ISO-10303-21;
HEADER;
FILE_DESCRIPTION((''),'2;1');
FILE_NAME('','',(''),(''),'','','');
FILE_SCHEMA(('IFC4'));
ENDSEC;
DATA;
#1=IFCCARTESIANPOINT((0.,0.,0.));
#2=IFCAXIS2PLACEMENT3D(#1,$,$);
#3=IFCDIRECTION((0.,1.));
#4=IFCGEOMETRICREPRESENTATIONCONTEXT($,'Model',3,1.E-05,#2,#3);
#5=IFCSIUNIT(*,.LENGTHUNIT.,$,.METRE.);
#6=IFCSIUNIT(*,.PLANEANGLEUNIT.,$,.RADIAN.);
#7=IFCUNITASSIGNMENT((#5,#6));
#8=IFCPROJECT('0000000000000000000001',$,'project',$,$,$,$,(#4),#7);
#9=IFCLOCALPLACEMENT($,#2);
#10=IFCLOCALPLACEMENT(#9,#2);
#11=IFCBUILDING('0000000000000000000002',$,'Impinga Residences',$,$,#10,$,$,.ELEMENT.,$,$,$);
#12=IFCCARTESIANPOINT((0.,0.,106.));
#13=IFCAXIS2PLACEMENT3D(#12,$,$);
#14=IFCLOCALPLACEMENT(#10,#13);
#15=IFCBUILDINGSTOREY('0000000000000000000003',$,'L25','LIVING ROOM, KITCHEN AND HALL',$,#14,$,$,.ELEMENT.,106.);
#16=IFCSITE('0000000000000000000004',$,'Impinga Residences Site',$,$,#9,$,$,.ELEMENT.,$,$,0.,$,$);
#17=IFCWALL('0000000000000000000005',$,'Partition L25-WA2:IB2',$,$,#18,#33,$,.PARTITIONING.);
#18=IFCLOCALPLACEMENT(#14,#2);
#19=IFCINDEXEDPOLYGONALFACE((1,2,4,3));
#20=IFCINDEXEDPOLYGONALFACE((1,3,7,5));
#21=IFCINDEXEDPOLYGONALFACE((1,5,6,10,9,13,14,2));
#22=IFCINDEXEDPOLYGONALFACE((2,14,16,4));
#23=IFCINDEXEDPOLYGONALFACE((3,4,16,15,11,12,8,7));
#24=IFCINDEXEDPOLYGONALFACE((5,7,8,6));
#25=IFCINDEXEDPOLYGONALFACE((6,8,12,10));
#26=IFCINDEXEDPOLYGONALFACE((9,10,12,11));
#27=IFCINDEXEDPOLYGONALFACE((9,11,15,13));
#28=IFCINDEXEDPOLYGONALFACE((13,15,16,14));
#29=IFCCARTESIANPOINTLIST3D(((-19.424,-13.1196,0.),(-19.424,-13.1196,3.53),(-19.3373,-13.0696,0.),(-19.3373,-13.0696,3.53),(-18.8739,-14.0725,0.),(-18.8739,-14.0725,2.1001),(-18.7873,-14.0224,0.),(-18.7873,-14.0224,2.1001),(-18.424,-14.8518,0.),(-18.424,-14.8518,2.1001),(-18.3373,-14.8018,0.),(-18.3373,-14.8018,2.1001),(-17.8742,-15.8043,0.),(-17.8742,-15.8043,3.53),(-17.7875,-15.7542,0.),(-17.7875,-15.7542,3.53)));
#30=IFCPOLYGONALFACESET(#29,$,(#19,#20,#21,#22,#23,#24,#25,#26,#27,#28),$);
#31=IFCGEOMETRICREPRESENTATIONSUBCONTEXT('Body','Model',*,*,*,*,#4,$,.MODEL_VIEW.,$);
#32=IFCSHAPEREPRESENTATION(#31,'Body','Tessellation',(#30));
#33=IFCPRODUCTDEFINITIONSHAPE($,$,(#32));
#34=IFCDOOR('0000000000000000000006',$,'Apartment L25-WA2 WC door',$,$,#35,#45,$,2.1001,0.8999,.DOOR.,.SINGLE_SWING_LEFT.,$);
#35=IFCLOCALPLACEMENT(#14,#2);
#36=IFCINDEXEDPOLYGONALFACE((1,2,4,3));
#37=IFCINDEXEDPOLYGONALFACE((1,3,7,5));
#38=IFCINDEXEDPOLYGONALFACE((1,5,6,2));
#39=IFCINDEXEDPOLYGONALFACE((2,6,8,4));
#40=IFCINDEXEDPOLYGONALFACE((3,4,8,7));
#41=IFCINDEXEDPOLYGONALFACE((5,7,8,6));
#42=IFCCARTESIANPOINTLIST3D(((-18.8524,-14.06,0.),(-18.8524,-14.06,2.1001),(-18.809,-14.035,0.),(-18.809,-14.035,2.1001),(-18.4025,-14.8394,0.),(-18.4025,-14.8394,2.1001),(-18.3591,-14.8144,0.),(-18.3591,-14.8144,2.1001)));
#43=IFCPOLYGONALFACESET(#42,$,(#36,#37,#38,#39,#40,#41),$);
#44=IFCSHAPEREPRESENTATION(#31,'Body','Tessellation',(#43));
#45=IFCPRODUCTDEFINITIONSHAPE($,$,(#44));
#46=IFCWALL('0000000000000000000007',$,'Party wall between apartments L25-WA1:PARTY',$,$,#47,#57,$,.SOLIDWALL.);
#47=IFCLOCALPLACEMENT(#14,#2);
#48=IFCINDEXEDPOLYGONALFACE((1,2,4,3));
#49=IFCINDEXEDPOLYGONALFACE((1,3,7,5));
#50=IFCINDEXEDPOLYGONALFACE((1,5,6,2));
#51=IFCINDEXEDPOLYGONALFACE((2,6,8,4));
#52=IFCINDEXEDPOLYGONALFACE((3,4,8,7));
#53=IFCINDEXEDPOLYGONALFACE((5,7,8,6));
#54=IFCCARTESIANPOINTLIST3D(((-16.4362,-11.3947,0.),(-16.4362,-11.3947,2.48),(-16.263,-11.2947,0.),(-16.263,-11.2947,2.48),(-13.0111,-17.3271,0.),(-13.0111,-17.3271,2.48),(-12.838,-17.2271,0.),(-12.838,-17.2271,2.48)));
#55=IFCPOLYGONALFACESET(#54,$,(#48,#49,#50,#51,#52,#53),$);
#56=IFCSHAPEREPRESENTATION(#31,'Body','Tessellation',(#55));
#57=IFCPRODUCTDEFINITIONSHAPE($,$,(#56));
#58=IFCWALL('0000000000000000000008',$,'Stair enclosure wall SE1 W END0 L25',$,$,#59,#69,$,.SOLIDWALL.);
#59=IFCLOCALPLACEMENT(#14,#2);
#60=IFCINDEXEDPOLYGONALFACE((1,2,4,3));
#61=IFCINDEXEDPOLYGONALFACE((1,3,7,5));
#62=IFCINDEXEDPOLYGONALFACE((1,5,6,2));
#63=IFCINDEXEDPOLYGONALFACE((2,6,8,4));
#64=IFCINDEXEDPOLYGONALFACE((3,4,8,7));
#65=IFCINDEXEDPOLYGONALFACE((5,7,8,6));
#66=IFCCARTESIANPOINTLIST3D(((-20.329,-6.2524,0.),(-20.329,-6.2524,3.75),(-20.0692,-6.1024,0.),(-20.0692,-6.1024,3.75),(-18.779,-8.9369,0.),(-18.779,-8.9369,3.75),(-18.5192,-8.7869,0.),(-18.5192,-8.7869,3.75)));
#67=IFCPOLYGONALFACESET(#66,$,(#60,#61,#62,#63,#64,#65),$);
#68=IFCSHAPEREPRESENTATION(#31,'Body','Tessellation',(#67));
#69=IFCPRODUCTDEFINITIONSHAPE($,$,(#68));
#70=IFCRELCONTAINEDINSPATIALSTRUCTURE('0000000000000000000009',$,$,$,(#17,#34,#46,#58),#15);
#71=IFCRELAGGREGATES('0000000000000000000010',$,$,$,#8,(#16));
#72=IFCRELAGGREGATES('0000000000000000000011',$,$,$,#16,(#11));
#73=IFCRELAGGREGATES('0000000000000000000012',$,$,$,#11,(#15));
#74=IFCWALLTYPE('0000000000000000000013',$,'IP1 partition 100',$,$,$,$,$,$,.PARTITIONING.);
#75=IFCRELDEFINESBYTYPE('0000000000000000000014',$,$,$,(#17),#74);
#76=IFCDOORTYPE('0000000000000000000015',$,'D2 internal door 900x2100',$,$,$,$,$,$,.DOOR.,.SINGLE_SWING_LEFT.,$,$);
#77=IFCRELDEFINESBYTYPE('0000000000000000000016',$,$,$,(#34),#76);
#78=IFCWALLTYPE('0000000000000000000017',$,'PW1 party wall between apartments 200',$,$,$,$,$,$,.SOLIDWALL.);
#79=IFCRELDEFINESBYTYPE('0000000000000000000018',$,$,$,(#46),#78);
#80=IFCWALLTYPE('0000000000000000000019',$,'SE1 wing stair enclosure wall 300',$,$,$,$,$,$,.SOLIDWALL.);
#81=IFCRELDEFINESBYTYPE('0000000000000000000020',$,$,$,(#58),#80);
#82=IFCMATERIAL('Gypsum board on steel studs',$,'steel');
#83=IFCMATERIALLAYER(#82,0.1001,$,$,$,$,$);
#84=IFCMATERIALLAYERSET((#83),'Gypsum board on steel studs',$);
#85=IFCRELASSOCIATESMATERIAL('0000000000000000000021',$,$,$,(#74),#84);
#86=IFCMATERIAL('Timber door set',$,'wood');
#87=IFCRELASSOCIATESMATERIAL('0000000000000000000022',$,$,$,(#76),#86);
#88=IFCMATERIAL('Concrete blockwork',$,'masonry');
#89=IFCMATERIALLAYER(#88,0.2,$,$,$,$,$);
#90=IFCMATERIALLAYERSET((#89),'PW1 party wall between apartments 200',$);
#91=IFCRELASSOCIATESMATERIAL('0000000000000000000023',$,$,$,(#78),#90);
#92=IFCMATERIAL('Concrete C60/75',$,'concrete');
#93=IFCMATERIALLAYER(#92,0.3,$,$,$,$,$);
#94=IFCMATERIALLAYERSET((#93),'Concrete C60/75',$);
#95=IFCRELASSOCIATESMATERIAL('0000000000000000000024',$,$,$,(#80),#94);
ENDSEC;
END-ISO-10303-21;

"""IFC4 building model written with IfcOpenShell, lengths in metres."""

from ifc_helpers import new_model, si_unit, direction, frame, frame_2d, origin, place, context, subcontext, project, spatial, rectangle, extrude, material, layer, layer_set, type_object, element, fill, save


model = new_model("IFC4")

# Units and contexts
model_context = context("Model", 3, precision=1e-05, world=origin(), true_north=direction((0.0, 1.0)))
body_context = subcontext(model_context, "Body", "Model", "MODEL_VIEW")
ifc_project = project(units=[si_unit("LENGTHUNIT", "METRE"), si_unit("PLANEANGLEUNIT", "RADIAN")], contexts=[model_context])

# Site, building, storey
site_placement = place(None, origin())
site = spatial("IfcSite", under=ifc_project, at=site_placement, Name="Impinga Residences Site", CompositionType="ELEMENT", RefElevation=0.0)
building_placement = place(site_placement, origin())
building = spatial("IfcBuilding", under=site, at=building_placement, Name="Impinga Residences", CompositionType="ELEMENT")
storey_placement = place(building_placement, frame((0.0, 0.0, 106.0)))
storey = spatial("IfcBuildingStorey", under=building, at=storey_placement, Name="L25", Description="LIVING ROOM, KITCHEN AND HALL", CompositionType="ELEMENT", Elevation=106.0)

# Shared definitions
ifc_material_1 = material(Name="Concrete C60/75", Category="concrete")

# Shared definitions
ifc_material_2 = material(Name="Gypsum board on steel studs", Category="steel")
ifc_layer_1 = layer(ifc_material_2, 0.1001)
ifc_layer_set_1 = layer_set([ifc_layer_1], Name="Gypsum board on steel studs")
wall_type_1 = type_object("IfcWallType", Name="IP1 partition 100", PredefinedType="PARTITIONING", material=ifc_layer_set_1)

# Shared definitions
ifc_material_3 = material(Name="Timber door set", Category="wood")
door_type = type_object("IfcDoorType", Name="D2 internal door 900x2100", OperationType="SINGLE_SWING_LEFT", PredefinedType="DOOR", material=ifc_material_3)

# Wall, opening, door
wall_1_placement = place(storey_placement, frame((-19.3806, -13.0947, 0.0), z_axis=(0.0, 0.0, 1.0), x_axis=(0.499968, -0.866044, 0.0)))
wall_1 = element("IfcWall", 1, at=wall_1_placement, inside=storey, type_object=wall_type_1, Name="Partition L25-WA2:IB2", PredefinedType="PARTITIONING", context=body_context, shape_type="SweptSolid", body=[
    extrude(rectangle(XDim=3.0999, YDim=0.1001, at=frame_2d((1.5498, 0.0))), origin(), (0.0, 0.0, 1.0), 3.53),
])
opening_1_placement = place(wall_1_placement, frame((1.1001, 0.0, 0.0)))
opening_1 = element("IfcOpeningElement", 2, at=opening_1_placement, cuts=wall_1, PredefinedType="OPENING", context=body_context, shape_type="SweptSolid", body=[
    extrude(rectangle(XDim=0.8999, YDim=2.1001, at=frame_2d((0.45, 1.05))), frame((0.0, 0.0601, 0.0), z_axis=(0.0, -1.0, 0.0), x_axis=(1.0, 0.0, 0.0)), (0.0, 0.0, 1.0), 0.1201),
])
door_1_placement = place(opening_1_placement, origin())
door_1 = element("IfcDoor", 3, at=door_1_placement, inside=storey, type_object=door_type, Name="Apartment L25-WA2 WC door", OperationType="SINGLE_SWING_LEFT", OverallHeight=2.1001, OverallWidth=0.8999, PredefinedType="DOOR", context=body_context, shape_type="SweptSolid", body=[
    extrude(rectangle(XDim=0.8999, YDim=2.1001, at=frame_2d((0.45, 1.05))), frame((0.0, 0.0249, 0.0), z_axis=(0.0, -1.0, 0.0), x_axis=(1.0, 0.0, 0.0)), (0.0, 0.0, 1.0), 0.05),
])
fill(opening_1, door_1)

# Walls
ifc_material_4 = material(Name="Concrete blockwork", Category="masonry")
ifc_layer_2 = layer(ifc_material_4, 0.2)
ifc_layer_set_2 = layer_set([ifc_layer_2], Name="PW1 party wall between apartments 200")
wall_type_2 = type_object("IfcWallType", Name="PW1 party wall between apartments 200", PredefinedType="SOLIDWALL", material=ifc_layer_set_2)
wall_2_placement = place(storey_placement, frame((-16.3496, -11.3447, 0.0), z_axis=(0.0, 0.0, 1.0), x_axis=(0.499999, -0.866026, 0.0)))
element("IfcWall", 4, at=wall_2_placement, inside=storey, type_object=wall_type_2, Name="Party wall between apartments L25-WA1:PARTY", PredefinedType="SOLIDWALL", context=body_context, shape_type="SweptSolid", body=[
    extrude(rectangle(XDim=6.8501, YDim=0.2, at=frame_2d((3.425, 0.0))), origin(), (0.0, 0.0, 1.0), 2.48),
])
ifc_layer_3 = layer(ifc_material_1, 0.3)
ifc_layer_set_3 = layer_set([ifc_layer_3], Name="Concrete C60/75")
wall_type_3 = type_object("IfcWallType", Name="SE1 wing stair enclosure wall 300", PredefinedType="SOLIDWALL", material=ifc_layer_set_3)
wall_3_placement = place(storey_placement, frame((-18.6492, -8.8618, 0.0), z_axis=(0.0, 0.0, 1.0), x_axis=(-0.500027, 0.86601, 0.0)))
element("IfcWall", 5, at=wall_3_placement, inside=storey, type_object=wall_type_3, Name="Stair enclosure wall SE1 W END0 L25", PredefinedType="SOLIDWALL", context=body_context, shape_type="SweptSolid", body=[
    extrude(rectangle(XDim=3.0999, YDim=0.3, at=frame_2d((1.5498, 0.0))), origin(), (0.0, 0.0, 1.0), 3.75),
])

save(model, "model.ifc")
